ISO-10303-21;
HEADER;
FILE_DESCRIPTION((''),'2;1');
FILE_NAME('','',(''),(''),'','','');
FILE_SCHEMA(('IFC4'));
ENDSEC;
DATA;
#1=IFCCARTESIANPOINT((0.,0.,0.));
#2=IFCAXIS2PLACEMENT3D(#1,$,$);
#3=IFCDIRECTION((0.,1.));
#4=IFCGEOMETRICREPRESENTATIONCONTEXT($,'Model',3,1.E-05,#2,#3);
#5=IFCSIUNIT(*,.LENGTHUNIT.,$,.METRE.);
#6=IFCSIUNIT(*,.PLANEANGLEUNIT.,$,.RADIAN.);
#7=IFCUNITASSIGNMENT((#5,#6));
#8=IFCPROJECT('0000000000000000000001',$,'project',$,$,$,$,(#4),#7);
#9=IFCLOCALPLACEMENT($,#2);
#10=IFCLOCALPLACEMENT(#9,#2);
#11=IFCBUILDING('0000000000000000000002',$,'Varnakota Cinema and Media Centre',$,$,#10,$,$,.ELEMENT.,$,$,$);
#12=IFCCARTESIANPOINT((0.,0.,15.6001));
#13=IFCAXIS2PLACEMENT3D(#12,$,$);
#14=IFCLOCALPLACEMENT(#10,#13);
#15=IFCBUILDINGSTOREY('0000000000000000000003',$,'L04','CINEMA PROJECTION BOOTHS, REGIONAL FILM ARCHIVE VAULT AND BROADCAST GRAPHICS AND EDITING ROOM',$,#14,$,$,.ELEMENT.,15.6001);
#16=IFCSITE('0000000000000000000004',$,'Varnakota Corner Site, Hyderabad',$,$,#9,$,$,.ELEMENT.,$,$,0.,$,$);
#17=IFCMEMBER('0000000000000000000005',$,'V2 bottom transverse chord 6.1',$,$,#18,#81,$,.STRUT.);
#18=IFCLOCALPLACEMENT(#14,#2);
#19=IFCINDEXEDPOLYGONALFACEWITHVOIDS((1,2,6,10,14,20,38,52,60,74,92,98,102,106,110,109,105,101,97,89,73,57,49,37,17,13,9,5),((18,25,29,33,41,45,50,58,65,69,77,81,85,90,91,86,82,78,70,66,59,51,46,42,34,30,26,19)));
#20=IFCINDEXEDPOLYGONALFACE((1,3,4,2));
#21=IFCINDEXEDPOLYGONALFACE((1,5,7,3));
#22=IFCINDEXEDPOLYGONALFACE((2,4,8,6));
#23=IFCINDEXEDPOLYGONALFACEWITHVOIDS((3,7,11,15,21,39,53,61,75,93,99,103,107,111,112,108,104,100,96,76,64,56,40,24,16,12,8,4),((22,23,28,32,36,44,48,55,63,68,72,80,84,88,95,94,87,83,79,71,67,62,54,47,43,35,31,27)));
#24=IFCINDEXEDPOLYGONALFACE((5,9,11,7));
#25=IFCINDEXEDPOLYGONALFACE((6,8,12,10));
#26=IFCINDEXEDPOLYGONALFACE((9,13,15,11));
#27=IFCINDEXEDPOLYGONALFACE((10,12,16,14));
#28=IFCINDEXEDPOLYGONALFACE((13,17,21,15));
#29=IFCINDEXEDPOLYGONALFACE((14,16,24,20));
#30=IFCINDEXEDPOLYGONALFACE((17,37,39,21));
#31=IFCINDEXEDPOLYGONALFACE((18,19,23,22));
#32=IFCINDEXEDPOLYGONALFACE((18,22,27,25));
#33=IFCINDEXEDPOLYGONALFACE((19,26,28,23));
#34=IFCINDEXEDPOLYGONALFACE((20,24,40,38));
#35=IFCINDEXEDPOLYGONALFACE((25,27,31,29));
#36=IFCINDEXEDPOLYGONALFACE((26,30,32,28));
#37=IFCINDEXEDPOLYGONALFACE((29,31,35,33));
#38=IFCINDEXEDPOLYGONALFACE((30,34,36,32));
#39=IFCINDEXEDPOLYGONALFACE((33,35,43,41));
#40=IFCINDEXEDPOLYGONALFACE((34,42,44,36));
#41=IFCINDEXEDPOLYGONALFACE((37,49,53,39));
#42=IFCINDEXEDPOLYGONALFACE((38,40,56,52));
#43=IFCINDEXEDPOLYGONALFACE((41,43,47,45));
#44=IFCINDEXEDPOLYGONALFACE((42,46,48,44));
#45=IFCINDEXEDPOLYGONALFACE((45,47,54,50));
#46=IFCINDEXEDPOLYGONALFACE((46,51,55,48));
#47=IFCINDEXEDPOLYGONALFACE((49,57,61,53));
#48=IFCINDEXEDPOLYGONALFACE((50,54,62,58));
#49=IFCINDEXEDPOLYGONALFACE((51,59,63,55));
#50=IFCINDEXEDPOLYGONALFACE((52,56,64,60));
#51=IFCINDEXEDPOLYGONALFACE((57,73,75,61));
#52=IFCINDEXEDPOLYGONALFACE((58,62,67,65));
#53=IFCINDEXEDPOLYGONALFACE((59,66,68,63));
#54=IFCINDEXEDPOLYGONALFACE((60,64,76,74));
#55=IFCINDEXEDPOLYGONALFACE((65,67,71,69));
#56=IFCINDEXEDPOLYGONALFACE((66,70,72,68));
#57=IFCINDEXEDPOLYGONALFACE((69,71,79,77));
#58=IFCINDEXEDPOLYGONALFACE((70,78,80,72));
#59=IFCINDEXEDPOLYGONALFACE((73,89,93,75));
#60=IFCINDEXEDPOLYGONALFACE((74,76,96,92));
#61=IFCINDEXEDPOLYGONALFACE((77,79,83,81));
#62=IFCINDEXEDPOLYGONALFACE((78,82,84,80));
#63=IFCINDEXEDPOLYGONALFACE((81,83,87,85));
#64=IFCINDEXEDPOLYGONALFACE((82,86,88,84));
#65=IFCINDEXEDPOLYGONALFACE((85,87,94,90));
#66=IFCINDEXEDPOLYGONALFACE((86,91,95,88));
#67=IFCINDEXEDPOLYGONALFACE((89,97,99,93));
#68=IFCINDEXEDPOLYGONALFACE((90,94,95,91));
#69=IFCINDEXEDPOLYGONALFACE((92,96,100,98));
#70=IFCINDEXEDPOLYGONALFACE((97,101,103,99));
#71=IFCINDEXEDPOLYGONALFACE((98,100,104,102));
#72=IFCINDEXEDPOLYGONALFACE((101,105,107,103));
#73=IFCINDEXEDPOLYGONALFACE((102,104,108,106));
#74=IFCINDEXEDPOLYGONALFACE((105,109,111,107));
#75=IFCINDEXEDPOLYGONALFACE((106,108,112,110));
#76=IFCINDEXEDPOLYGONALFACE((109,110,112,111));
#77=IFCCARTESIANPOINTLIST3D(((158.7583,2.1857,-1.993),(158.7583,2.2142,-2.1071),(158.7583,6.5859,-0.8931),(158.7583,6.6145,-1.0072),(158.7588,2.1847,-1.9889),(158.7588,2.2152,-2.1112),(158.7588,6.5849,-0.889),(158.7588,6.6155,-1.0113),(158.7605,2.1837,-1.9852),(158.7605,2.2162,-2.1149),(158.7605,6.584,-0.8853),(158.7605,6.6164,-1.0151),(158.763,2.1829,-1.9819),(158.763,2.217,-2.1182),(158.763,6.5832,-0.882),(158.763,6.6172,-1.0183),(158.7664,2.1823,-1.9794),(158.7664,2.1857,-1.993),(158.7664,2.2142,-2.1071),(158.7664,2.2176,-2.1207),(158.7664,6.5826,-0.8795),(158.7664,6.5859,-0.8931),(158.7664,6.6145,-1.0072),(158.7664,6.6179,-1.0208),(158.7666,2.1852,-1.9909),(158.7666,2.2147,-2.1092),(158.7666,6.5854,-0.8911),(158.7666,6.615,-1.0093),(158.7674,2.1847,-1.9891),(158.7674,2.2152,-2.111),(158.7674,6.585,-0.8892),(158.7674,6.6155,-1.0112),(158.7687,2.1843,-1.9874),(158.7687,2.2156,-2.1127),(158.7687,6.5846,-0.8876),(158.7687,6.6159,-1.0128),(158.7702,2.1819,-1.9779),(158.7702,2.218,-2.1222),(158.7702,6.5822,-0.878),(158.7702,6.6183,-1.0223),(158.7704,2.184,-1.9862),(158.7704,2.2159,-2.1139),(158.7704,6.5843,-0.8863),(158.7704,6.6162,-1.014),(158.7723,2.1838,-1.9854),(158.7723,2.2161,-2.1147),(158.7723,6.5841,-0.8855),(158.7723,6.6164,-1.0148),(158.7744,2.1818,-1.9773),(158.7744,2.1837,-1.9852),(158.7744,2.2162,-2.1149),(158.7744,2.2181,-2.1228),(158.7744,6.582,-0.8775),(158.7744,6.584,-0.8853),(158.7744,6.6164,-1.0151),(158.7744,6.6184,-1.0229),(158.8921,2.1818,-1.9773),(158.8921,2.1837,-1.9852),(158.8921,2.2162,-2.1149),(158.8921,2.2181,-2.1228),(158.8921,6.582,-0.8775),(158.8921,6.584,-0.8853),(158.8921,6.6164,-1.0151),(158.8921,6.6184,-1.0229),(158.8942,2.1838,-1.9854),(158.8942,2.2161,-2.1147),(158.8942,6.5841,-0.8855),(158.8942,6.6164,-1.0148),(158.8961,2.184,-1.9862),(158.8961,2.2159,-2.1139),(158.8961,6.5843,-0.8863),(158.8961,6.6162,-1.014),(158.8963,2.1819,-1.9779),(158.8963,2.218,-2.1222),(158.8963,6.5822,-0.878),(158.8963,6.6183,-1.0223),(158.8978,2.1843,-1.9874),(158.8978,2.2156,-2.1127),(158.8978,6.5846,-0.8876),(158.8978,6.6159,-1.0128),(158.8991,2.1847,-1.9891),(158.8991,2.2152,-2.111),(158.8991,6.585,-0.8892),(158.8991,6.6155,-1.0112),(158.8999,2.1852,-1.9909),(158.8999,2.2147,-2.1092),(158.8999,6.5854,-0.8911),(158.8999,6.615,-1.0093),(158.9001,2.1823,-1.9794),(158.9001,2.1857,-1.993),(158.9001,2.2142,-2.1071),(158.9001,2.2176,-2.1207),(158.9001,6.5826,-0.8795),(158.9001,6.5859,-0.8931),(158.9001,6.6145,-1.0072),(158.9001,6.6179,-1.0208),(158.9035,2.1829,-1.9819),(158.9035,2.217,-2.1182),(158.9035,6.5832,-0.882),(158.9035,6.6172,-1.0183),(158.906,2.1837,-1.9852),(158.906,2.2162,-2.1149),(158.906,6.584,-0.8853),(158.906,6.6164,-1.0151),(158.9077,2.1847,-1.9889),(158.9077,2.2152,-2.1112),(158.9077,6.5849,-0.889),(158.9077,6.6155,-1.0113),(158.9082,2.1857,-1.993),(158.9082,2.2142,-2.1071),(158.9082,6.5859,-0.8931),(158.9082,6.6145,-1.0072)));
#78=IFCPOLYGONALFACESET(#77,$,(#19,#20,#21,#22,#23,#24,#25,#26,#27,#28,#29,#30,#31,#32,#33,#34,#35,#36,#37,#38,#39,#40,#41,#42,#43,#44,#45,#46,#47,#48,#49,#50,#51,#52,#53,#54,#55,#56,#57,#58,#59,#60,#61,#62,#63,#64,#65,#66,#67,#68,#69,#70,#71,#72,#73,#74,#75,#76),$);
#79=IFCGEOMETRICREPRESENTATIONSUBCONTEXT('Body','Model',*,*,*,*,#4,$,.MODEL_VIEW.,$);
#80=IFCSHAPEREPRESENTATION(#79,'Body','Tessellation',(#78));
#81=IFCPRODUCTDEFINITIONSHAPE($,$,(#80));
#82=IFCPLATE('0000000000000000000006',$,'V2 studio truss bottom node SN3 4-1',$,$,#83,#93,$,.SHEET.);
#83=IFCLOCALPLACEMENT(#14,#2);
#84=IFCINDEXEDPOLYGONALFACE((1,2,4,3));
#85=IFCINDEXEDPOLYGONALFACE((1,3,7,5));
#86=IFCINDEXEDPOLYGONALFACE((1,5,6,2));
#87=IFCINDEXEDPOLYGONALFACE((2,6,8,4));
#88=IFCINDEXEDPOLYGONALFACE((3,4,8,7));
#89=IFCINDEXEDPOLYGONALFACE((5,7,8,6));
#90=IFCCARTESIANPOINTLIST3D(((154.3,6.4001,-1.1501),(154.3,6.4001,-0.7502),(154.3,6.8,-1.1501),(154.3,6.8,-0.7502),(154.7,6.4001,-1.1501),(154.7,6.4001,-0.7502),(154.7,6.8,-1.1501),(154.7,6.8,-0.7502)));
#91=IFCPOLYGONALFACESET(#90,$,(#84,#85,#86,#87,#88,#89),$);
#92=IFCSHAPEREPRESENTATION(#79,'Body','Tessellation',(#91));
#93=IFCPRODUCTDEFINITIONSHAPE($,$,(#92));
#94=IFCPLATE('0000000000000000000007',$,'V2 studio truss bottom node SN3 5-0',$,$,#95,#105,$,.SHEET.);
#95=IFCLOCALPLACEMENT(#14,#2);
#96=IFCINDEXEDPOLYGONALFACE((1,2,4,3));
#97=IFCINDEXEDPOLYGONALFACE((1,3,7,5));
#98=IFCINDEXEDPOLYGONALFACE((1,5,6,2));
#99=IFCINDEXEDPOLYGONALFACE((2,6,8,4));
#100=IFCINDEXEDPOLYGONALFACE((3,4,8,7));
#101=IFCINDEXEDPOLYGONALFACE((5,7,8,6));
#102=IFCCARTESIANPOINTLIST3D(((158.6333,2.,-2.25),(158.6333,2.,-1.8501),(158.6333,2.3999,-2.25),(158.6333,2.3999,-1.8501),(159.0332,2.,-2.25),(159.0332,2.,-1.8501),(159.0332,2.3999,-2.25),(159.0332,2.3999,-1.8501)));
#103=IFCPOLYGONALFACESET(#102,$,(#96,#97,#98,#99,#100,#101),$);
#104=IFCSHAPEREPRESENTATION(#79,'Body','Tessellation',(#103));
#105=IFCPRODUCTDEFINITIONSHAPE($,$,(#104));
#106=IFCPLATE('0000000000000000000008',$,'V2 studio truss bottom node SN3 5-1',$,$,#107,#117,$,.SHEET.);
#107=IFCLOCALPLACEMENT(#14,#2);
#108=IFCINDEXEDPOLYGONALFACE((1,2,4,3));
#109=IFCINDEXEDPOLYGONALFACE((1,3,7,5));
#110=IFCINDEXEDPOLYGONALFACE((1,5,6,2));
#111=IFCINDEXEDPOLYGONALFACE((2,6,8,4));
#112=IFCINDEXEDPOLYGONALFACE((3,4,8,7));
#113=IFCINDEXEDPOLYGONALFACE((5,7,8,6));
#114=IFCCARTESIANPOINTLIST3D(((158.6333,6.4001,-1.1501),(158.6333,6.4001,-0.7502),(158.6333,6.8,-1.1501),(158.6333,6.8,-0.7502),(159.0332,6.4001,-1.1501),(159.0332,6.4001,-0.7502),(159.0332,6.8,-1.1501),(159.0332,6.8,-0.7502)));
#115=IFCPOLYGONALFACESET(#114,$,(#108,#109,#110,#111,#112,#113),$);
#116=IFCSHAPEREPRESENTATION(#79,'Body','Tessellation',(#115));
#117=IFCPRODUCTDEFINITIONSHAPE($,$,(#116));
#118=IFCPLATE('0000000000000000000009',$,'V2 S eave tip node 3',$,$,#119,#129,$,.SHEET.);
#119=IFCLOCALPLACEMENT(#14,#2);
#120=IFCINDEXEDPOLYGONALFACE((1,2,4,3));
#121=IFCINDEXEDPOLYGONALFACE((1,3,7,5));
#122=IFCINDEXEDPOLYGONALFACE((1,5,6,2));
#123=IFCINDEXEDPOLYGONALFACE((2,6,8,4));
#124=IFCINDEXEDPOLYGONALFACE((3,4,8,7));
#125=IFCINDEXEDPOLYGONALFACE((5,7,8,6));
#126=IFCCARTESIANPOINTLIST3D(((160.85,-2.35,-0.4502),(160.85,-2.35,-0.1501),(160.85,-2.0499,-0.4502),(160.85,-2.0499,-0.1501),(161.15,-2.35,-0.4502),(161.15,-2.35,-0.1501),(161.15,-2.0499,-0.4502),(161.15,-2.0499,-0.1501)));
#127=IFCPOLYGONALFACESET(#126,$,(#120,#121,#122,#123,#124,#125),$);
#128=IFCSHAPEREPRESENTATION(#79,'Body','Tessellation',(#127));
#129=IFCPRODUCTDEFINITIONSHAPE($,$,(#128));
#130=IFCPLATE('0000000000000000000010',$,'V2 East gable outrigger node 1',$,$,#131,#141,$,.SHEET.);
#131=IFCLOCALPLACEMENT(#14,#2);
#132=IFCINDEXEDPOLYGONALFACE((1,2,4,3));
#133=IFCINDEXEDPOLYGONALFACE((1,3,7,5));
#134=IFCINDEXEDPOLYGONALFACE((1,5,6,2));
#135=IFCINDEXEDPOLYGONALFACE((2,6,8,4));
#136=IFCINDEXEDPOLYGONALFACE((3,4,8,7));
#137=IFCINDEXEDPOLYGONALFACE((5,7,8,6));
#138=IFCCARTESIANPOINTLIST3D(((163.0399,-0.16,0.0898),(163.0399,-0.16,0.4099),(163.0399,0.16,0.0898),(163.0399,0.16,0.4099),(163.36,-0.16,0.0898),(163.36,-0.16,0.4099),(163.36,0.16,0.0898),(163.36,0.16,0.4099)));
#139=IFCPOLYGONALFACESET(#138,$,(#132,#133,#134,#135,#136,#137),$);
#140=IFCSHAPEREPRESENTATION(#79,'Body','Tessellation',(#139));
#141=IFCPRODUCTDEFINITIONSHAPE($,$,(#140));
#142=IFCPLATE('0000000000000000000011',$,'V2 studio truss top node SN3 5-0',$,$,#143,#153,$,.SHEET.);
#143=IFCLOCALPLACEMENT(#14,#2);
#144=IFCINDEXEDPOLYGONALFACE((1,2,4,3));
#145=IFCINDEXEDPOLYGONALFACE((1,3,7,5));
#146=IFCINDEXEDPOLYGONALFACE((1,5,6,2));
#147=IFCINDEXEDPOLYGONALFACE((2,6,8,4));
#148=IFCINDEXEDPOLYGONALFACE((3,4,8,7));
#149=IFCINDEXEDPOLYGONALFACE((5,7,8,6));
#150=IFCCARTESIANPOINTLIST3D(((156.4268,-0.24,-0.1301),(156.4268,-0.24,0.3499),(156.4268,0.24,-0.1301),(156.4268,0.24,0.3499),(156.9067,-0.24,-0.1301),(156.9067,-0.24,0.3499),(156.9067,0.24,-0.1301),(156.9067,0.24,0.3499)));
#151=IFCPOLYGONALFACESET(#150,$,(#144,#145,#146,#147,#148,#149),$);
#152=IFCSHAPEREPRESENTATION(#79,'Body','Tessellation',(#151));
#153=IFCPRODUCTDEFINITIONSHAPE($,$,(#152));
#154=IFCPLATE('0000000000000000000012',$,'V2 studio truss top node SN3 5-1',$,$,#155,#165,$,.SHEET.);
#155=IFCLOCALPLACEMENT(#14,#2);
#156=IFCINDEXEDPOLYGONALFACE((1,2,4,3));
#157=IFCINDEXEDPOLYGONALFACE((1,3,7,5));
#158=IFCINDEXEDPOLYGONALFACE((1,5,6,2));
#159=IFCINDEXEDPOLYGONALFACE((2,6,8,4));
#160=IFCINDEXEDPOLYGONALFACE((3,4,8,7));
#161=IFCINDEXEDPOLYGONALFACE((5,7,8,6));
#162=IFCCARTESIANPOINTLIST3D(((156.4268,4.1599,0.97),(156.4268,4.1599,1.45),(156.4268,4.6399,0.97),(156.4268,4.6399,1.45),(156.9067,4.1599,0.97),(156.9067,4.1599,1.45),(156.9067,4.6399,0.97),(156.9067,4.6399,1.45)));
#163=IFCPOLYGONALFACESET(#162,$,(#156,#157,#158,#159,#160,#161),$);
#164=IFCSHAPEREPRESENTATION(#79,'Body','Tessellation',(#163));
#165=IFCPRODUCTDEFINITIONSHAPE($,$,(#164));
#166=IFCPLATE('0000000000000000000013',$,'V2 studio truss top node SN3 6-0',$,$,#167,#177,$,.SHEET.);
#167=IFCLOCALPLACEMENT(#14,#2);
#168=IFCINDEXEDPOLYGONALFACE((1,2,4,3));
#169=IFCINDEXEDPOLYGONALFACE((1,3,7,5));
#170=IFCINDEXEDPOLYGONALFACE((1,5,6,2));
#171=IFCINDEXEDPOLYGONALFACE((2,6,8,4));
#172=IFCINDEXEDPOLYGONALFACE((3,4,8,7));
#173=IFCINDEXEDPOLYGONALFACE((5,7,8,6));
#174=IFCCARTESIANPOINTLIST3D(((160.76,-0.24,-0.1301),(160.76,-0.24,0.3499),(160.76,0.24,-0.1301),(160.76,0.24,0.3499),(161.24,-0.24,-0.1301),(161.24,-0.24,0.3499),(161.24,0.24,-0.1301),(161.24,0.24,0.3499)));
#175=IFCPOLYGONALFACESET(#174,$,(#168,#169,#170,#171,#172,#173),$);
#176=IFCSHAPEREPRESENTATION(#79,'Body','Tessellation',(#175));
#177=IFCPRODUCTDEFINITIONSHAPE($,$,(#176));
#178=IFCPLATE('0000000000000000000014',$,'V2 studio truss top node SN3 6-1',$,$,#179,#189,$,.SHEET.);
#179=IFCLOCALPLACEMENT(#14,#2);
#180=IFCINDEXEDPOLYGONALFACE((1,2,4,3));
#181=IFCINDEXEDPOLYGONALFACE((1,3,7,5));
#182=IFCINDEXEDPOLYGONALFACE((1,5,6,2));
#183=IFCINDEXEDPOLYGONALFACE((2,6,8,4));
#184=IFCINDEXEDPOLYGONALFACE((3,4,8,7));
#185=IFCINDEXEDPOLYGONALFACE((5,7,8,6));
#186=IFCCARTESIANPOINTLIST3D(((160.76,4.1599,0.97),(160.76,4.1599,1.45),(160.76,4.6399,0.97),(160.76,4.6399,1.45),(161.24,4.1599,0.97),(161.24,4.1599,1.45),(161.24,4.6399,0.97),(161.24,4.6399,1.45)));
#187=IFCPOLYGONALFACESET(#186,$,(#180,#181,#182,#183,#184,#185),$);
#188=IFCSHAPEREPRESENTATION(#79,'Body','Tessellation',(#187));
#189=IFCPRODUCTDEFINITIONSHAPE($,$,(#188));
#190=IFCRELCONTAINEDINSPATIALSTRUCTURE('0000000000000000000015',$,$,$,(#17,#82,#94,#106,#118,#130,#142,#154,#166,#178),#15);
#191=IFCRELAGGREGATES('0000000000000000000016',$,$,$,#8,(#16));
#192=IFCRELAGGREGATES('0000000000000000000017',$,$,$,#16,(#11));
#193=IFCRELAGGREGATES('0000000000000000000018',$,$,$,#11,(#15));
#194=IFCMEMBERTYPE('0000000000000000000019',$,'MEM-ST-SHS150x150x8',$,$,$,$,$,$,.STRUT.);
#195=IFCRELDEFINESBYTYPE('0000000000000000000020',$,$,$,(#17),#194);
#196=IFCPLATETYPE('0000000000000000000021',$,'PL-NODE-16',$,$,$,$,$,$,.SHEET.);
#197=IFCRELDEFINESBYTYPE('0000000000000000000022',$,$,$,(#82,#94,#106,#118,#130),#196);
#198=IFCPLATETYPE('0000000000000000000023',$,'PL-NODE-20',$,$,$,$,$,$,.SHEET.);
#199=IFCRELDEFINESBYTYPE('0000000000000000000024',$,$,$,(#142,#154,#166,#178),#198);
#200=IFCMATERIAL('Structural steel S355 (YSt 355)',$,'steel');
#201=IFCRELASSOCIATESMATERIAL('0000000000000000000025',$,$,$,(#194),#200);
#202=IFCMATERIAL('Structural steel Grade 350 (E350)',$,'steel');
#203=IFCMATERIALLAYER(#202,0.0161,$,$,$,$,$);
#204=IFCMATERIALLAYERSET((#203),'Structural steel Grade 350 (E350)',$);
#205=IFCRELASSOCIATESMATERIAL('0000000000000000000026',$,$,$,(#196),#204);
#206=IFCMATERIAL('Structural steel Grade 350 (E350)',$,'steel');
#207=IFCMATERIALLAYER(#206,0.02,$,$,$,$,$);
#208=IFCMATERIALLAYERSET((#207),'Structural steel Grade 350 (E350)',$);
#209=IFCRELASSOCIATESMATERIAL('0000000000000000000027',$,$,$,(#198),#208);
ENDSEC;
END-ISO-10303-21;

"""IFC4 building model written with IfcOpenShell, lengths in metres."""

from ifc_helpers import new_model, si_unit, direction, frame, origin, origin_2d, place, context, subcontext, project, spatial, rectangle, hollow_rectangle, extrude, material, layer, layer_set, material_profile, profile_set, type_object, element, save


model = new_model("IFC4")

# Units and contexts
model_context = context("Model", 3, precision=1e-05, world=origin(), true_north=direction((0.0, 1.0)))
body_context = subcontext(model_context, "Body", "Model", "MODEL_VIEW")
ifc_project = project(units=[si_unit("LENGTHUNIT", "METRE"), si_unit("PLANEANGLEUNIT", "RADIAN")], contexts=[model_context])

# Site, building, storey
site_placement = place(None, origin())
site = spatial("IfcSite", under=ifc_project, at=site_placement, Name="Varnakota Corner Site, Hyderabad", CompositionType="ELEMENT", RefElevation=0.0)
building_placement = place(site_placement, origin())
building = spatial("IfcBuilding", under=site, at=building_placement, Name="Varnakota Cinema and Media Centre", CompositionType="ELEMENT")
storey_placement = place(building_placement, frame((0.0, 0.0, 15.6001)))
storey = spatial("IfcBuildingStorey", under=building, at=storey_placement, Name="L04", Description="CINEMA PROJECTION BOOTHS, REGIONAL FILM ARCHIVE VAULT AND BROADCAST GRAPHICS AND EDITING ROOM", CompositionType="ELEMENT", Elevation=15.6001)

# Member
ifc_material_1 = material(Name="Structural steel S355 (YSt 355)", Category="steel")
ifc_material_profile_1 = material_profile(ifc_material_1, hollow_rectangle(XDim=0.1499, YDim=0.1499, WallThickness=0.0081, InnerFilletRadius=0.0081, OuterFilletRadius=0.0161, at=origin_2d()), Name="SHS 150x150x8")
ifc_profile_set_1 = profile_set([ifc_material_profile_1], Name="Structural steel S355 (YSt 355)")
member_type_1 = type_object("IfcMemberType", Name="MEM-ST-SHS150x150x8", PredefinedType="STRUT", material=ifc_profile_set_1)
member_1_placement = place(storey_placement, frame((158.8333, 2.2, -2.05), z_axis=(0.0, 0.970152, 0.242498), x_axis=(-1.0, 0.0, 0.0)))
element("IfcMember", 1, at=member_1_placement, inside=storey, type_object=member_type_1, Name="V2 bottom transverse chord 6.1", PredefinedType="STRUT", context=body_context, shape_type="SweptSolid", body=[
    extrude(hollow_rectangle(XDim=0.1499, YDim=0.1499, WallThickness=0.0081, InnerFilletRadius=0.0081, OuterFilletRadius=0.0161, at=origin_2d()), origin(), (0.0, 0.0, 1.0), 4.5356),
])

# Plates
ifc_material_2 = material(Name="Structural steel Grade 350 (E350)", Category="steel")
ifc_layer_1 = layer(ifc_material_2, 0.0161)
ifc_layer_set_1 = layer_set([ifc_layer_1], Name="Structural steel Grade 350 (E350)")
plate_type_1 = type_object("IfcPlateType", Name="PL-NODE-16", PredefinedType="SHEET", material=ifc_layer_set_1)
for number, where, z_axis, x_axis, name in (
    (2, (154.5, 6.6001, -1.1501), (0.0, 0.0, 1.0), (1.0, 0.0, 0.0), "V2 studio truss bottom node SN3 4-1"),
    (3, (158.8333, 2.2, -2.25), (0.0, 0.0, 1.0), (1.0, 0.0, 0.0), "V2 studio truss bottom node SN3 5-0"),
    (4, (158.8333, 6.6001, -1.1501), (0.0, 0.0, 1.0), (1.0, 0.0, 0.0), "V2 studio truss bottom node SN3 5-1"),
):
    element("IfcPlate", number, at=place(storey_placement, frame(where, z_axis=z_axis, x_axis=x_axis)), inside=storey, type_object=plate_type_1, Name=name, PredefinedType="SHEET", context=body_context, shape_type="SweptSolid", body=[
        extrude(rectangle(XDim=0.3999, YDim=0.3999, at=origin_2d()), origin(), (0.0, 0.0, 1.0), 0.3999),
    ])
plate_1_placement = place(storey_placement, frame((161.0, -2.2, -0.4502), z_axis=(0.0, 0.0, 1.0), x_axis=(1.0, 0.0, 0.0)))
element("IfcPlate", 5, at=plate_1_placement, inside=storey, type_object=plate_type_1, Name="V2 S eave tip node 3", PredefinedType="SHEET", context=body_context, shape_type="SweptSolid", body=[
    extrude(rectangle(XDim=0.3, YDim=0.3, at=origin_2d()), origin(), (0.0, 0.0, 1.0), 0.3),
])
plate_2_placement = place(storey_placement, frame((163.2, 0.0, 0.0898), z_axis=(0.0, 0.0, 1.0), x_axis=(1.0, 0.0, 0.0)))
element("IfcPlate", 6, at=plate_2_placement, inside=storey, type_object=plate_type_1, Name="V2 East gable outrigger node 1", PredefinedType="SHEET", context=body_context, shape_type="SweptSolid", body=[
    extrude(rectangle(XDim=0.3201, YDim=0.3201, at=origin_2d()), origin(), (0.0, 0.0, 1.0), 0.3201),
])
ifc_material_3 = material(Name="Structural steel Grade 350 (E350)", Category="steel")
ifc_layer_2 = layer(ifc_material_3, 0.02)
ifc_layer_set_2 = layer_set([ifc_layer_2], Name="Structural steel Grade 350 (E350)")
plate_type_2 = type_object("IfcPlateType", Name="PL-NODE-20", PredefinedType="SHEET", material=ifc_layer_set_2)
for number, where, z_axis, x_axis, name in (
    (7, (156.6667, 0.0, -0.1301), (0.0, 0.0, 1.0), (1.0, 0.0, 0.0), "V2 studio truss top node SN3 5-0"),
    (8, (156.6667, 4.3999, 0.97), (0.0, 0.0, 1.0), (1.0, 0.0, 0.0), "V2 studio truss top node SN3 5-1"),
    (9, (161.0, 0.0, -0.1301), (0.0, 0.0, 1.0), (1.0, 0.0, 0.0), "V2 studio truss top node SN3 6-0"),
    (10, (161.0, 4.3999, 0.97), (0.0, 0.0, 1.0), (1.0, 0.0, 0.0), "V2 studio truss top node SN3 6-1"),
):
    element("IfcPlate", number, at=place(storey_placement, frame(where, z_axis=z_axis, x_axis=x_axis)), inside=storey, type_object=plate_type_2, Name=name, PredefinedType="SHEET", context=body_context, shape_type="SweptSolid", body=[
        extrude(rectangle(XDim=0.48, YDim=0.48, at=origin_2d()), origin(), (0.0, 0.0, 1.0), 0.48),
    ])

save(model, "model.ifc")
